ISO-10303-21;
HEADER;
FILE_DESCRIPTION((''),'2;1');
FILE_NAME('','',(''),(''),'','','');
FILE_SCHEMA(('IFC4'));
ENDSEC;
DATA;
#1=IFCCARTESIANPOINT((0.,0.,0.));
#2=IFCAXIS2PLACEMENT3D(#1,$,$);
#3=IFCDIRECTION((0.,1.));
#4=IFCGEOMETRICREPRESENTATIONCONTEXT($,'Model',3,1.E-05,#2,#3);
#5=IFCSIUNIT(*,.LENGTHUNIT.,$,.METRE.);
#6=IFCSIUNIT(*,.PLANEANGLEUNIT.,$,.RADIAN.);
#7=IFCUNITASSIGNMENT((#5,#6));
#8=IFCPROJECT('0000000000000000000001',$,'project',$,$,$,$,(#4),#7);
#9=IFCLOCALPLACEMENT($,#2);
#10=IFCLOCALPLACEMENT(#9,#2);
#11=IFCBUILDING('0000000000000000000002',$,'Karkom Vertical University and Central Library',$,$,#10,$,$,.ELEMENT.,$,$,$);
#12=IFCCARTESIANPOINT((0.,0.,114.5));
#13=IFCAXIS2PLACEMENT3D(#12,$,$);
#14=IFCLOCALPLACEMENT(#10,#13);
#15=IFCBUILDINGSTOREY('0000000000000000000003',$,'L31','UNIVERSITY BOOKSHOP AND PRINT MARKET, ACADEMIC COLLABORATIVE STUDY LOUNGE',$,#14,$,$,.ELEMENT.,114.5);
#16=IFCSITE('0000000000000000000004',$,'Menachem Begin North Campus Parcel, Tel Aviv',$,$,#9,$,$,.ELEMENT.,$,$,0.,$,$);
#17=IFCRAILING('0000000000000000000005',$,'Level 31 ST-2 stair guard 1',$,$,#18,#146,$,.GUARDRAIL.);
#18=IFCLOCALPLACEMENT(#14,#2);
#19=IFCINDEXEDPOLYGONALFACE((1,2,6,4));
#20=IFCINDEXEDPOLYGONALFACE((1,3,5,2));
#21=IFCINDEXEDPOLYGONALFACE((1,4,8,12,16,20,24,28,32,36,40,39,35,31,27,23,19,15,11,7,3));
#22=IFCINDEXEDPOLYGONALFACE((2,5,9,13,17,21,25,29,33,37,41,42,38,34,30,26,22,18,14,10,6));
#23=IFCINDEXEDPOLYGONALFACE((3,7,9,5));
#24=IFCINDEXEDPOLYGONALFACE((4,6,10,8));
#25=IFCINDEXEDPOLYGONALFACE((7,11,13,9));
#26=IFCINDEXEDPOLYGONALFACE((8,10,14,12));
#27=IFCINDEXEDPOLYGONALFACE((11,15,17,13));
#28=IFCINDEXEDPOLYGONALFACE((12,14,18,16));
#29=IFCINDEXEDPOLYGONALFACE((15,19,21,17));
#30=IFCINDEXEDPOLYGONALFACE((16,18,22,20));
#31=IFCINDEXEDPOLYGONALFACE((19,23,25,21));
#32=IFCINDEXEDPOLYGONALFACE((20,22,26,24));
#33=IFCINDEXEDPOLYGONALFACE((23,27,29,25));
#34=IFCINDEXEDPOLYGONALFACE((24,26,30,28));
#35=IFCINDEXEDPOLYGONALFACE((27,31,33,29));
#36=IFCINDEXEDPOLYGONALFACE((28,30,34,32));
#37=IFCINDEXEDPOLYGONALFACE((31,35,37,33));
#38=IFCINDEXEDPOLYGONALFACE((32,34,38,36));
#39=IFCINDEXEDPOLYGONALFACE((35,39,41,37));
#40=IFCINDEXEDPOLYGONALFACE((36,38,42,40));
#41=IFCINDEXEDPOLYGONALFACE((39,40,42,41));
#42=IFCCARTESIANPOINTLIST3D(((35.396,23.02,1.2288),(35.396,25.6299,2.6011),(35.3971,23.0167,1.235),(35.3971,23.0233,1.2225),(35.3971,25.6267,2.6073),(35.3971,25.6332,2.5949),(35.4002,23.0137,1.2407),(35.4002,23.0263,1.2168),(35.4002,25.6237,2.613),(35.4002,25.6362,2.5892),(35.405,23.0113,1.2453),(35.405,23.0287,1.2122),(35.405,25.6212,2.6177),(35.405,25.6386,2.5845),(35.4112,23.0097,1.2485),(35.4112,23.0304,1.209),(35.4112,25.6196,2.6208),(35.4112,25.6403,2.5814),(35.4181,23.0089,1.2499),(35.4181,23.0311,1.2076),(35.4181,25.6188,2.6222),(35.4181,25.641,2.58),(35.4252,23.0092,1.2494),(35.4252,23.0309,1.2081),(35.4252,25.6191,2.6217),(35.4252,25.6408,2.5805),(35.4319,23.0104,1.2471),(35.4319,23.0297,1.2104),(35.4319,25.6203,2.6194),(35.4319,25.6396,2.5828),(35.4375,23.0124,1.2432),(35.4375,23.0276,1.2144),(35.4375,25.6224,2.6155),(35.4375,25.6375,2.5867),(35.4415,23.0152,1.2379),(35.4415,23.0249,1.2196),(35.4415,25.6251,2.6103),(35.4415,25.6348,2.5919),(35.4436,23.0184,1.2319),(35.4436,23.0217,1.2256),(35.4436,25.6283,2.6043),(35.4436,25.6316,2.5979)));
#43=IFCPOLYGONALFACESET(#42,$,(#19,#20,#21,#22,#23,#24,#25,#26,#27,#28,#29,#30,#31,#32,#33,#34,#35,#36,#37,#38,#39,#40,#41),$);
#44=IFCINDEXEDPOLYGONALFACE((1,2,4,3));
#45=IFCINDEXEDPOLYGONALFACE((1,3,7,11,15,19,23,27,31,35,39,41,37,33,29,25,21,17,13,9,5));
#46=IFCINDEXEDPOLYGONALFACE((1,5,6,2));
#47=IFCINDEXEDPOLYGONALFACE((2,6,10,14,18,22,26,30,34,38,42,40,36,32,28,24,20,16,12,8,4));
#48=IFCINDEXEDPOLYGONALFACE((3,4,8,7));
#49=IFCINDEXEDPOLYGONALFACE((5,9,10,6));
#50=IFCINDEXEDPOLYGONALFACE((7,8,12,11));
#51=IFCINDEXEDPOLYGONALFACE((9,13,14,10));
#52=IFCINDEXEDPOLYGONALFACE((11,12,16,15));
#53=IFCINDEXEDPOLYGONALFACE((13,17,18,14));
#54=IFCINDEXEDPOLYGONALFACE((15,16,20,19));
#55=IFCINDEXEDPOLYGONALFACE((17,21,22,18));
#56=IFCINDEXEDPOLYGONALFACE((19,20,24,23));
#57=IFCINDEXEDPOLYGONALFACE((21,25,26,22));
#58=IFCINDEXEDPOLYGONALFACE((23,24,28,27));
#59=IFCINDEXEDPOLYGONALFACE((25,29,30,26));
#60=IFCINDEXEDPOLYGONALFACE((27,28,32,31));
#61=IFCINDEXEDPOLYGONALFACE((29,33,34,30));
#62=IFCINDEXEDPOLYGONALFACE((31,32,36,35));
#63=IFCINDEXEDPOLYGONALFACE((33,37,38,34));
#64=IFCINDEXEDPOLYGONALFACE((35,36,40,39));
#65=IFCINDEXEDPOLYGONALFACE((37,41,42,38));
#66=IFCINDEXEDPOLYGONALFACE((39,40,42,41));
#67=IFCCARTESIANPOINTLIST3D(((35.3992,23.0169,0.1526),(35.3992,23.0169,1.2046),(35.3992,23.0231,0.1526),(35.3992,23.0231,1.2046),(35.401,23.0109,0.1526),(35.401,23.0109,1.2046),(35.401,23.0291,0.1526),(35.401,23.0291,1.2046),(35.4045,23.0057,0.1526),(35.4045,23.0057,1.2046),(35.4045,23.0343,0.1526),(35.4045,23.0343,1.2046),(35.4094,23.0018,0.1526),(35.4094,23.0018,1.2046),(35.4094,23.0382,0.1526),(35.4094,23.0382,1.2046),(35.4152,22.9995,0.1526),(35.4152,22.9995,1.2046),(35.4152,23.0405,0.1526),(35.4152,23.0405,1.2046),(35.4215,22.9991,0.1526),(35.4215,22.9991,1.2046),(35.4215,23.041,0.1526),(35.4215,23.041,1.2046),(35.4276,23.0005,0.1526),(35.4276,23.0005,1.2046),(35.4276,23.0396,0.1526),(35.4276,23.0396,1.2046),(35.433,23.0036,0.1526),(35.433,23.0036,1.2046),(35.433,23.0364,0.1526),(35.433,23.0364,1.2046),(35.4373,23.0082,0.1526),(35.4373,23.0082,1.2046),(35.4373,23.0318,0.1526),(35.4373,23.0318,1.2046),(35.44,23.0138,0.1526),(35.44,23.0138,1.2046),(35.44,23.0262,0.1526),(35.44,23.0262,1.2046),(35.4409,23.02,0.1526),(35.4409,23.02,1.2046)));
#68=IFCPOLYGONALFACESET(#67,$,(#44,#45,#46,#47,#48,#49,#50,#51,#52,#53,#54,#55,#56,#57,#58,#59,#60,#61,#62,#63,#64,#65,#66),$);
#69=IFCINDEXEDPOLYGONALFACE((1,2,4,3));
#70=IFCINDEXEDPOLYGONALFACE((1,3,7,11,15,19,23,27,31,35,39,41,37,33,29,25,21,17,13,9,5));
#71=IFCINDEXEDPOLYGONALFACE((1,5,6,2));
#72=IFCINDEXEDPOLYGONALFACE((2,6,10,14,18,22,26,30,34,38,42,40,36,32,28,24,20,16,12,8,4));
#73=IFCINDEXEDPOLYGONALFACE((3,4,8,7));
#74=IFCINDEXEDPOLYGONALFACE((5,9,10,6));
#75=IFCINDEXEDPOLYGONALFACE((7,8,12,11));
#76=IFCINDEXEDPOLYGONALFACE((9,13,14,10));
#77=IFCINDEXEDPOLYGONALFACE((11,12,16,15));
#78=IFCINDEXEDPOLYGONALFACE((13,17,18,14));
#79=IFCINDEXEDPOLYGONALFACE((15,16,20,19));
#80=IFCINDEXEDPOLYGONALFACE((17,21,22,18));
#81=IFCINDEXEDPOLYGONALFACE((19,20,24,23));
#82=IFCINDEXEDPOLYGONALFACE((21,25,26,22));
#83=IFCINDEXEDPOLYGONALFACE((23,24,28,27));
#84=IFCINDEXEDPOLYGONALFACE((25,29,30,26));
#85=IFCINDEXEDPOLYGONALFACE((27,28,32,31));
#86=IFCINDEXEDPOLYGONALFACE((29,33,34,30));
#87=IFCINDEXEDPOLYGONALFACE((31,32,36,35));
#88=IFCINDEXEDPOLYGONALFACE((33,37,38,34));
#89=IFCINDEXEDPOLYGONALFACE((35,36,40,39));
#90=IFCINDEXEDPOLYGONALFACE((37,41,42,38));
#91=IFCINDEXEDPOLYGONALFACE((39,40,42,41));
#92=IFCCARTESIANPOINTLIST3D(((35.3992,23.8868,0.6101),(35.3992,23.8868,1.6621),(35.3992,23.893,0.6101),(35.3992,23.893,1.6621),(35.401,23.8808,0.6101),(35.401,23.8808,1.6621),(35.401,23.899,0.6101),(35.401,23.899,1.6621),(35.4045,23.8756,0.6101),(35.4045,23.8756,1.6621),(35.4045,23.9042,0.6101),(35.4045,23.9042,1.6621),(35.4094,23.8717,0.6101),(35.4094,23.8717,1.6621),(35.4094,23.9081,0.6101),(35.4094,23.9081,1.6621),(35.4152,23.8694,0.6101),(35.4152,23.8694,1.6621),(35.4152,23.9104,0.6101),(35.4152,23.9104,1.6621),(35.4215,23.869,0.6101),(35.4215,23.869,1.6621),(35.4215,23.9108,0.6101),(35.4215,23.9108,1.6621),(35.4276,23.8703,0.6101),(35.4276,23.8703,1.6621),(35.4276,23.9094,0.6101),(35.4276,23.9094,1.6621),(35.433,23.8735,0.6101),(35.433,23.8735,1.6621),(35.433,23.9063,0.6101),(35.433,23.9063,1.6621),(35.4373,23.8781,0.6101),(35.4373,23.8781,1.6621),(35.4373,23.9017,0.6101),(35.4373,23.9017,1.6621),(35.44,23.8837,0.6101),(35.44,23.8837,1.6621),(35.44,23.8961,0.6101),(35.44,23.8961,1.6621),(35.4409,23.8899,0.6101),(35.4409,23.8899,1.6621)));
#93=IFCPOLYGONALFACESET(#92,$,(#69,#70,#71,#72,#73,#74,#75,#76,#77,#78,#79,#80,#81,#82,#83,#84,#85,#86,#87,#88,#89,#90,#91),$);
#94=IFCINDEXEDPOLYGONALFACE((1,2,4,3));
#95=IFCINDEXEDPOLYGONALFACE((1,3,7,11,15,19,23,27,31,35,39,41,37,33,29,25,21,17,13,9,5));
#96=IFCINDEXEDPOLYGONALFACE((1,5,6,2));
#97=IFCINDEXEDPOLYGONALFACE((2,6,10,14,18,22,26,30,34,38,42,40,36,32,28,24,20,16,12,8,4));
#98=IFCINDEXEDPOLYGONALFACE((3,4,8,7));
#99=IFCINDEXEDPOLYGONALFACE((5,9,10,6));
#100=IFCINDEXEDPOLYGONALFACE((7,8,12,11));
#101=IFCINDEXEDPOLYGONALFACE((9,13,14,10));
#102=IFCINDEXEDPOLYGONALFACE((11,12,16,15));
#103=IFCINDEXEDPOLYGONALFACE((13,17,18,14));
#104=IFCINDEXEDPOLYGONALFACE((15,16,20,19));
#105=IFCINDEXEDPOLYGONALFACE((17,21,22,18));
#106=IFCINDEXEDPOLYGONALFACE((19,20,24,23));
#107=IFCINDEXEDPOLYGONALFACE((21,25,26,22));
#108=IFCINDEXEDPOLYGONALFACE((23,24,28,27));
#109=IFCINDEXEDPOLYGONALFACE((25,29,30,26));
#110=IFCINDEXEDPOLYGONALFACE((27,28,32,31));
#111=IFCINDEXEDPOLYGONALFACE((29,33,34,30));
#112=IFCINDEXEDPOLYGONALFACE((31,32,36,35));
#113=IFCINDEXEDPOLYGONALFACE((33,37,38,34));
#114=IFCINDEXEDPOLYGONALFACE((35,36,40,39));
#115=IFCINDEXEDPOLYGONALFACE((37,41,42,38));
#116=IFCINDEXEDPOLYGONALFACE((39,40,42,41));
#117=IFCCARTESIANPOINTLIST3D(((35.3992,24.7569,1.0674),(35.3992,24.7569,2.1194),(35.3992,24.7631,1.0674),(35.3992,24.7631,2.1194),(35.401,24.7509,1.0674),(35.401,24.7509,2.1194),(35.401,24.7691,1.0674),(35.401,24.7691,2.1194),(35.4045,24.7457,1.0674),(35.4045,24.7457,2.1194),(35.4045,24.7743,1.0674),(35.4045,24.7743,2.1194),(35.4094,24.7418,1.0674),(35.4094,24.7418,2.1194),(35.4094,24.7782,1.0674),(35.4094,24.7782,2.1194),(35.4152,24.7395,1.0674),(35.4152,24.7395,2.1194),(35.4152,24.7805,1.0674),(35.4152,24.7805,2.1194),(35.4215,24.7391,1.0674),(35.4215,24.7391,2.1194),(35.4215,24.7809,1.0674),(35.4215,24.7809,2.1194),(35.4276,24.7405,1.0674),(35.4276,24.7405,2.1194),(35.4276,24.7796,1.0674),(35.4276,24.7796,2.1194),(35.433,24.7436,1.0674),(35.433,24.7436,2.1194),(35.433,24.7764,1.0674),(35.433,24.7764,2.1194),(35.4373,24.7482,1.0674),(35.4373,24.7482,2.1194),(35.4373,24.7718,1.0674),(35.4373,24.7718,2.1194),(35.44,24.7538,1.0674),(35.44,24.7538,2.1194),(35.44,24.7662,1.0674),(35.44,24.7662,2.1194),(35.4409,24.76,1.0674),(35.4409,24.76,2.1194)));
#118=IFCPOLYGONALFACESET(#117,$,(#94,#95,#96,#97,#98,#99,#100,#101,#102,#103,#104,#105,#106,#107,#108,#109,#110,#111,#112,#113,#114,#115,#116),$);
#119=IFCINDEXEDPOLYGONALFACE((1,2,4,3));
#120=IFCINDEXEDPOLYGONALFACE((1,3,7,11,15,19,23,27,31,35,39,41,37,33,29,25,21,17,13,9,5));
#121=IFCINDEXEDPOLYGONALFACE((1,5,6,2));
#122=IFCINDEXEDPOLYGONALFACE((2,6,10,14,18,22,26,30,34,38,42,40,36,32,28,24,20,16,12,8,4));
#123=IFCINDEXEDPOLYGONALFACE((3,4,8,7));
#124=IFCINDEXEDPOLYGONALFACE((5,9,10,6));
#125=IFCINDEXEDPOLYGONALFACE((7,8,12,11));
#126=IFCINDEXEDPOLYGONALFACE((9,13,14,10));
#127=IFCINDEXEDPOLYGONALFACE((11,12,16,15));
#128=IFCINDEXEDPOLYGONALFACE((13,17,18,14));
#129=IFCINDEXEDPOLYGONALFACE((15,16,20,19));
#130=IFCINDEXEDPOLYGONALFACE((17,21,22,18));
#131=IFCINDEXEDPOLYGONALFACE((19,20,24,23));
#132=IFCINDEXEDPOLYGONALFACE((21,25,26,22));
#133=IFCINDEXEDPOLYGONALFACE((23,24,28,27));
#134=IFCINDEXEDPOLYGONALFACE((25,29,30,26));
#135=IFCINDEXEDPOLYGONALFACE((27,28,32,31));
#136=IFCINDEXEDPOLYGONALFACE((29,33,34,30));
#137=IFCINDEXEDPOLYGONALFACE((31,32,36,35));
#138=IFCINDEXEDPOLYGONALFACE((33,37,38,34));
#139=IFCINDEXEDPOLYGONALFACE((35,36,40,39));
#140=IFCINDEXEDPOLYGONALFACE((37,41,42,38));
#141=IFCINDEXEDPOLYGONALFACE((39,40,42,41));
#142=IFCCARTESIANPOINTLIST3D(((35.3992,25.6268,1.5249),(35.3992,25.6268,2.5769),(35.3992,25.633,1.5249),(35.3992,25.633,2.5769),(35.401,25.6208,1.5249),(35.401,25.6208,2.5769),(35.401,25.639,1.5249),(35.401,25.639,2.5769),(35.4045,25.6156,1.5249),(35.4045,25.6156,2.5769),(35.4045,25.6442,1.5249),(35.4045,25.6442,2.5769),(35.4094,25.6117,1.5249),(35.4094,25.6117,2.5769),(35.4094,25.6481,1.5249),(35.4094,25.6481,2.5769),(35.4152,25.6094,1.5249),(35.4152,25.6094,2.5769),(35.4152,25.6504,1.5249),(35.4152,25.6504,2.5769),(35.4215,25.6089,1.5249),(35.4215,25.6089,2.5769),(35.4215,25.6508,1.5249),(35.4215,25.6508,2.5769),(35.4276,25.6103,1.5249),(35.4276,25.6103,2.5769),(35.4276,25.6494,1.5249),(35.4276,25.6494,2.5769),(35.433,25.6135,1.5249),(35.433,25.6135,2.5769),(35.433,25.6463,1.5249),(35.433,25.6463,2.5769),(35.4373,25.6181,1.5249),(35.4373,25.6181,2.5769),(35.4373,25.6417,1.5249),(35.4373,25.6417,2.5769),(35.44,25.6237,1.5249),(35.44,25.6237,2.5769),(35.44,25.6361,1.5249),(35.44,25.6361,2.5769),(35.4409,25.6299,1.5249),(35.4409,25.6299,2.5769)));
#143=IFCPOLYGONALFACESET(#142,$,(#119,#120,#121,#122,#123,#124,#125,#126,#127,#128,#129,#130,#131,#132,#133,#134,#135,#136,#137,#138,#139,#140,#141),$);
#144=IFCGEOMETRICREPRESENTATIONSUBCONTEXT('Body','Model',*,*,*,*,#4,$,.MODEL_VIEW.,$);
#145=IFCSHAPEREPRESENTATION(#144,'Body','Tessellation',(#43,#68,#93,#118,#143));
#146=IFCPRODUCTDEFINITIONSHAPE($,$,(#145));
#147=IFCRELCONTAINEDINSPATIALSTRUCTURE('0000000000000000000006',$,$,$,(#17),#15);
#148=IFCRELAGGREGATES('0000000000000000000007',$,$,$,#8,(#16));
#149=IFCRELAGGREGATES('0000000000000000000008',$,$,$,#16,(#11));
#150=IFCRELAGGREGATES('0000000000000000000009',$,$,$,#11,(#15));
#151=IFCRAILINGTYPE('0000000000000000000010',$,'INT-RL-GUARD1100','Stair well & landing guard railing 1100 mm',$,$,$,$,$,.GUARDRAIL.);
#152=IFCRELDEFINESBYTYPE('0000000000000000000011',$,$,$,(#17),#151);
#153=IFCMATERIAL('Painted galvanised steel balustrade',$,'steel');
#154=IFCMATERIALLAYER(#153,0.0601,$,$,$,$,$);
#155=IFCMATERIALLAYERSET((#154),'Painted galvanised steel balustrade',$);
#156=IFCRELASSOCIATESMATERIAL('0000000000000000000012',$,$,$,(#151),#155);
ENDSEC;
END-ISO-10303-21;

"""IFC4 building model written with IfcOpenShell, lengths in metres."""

from ifc_helpers import new_model, si_unit, direction, frame, origin, origin_2d, place, context, subcontext, project, spatial, circle, extrude, material, layer, layer_set, type_object, element, save


model = new_model("IFC4")

# Units and contexts
model_context = context("Model", 3, precision=1e-05, world=origin(), true_north=direction((0.0, 1.0)))
body_context = subcontext(model_context, "Body", "Model", "MODEL_VIEW")
ifc_project = project(units=[si_unit("LENGTHUNIT", "METRE"), si_unit("PLANEANGLEUNIT", "RADIAN")], contexts=[model_context])

# Site, building, storey
site_placement = place(None, origin())
site = spatial("IfcSite", under=ifc_project, at=site_placement, Name="Menachem Begin North Campus Parcel, Tel Aviv", CompositionType="ELEMENT", RefElevation=0.0)
building_placement = place(site_placement, origin())
building = spatial("IfcBuilding", under=site, at=building_placement, Name="Karkom Vertical University and Central Library", CompositionType="ELEMENT")
storey_placement = place(building_placement, frame((0.0, 0.0, 114.5)))
storey = spatial("IfcBuildingStorey", under=building, at=storey_placement, Name="L31", Description="UNIVERSITY BOOKSHOP AND PRINT MARKET, ACADEMIC COLLABORATIVE STUDY LOUNGE", CompositionType="ELEMENT", Elevation=114.5)

# Railing
ifc_material_1 = material(Name="Painted galvanised steel balustrade", Category="steel")
ifc_layer_1 = layer(ifc_material_1, 0.0601)
ifc_layer_set_1 = layer_set([ifc_layer_1], Name="Painted galvanised steel balustrade")
railing_type_1 = type_object("IfcRailingType", Name="INT-RL-GUARD1100", Description="Stair well & landing guard railing 1100 mm", PredefinedType="GUARDRAIL", material=ifc_layer_set_1)
railing_1_placement = place(storey_placement, frame((35.4199, 23.02, 0.1526)))
element("IfcRailing", 1, at=railing_1_placement, inside=storey, type_object=railing_type_1, Name="Level 31 ST-2 stair guard 1", PredefinedType="GUARDRAIL", context=body_context, shape_type="SweptSolid", body=[
    extrude(circle(Radius=0.0239, at=origin_2d()), frame((0.0, 0.0, 1.0762), z_axis=(0.0, 0.8851, 0.465402), x_axis=(-1.0, 0.0, 0.0)), (0.0, 0.0, 1.0), 2.9487),
    extrude(circle(Radius=0.021, at=origin_2d()), origin(), (0.0, 0.0, 1.0), 1.052),
    extrude(circle(Radius=0.021, at=origin_2d()), frame((0.0, 0.8699, 0.4575)), (0.0, 0.0, 1.0), 1.052),
    extrude(circle(Radius=0.021, at=origin_2d()), frame((0.0, 1.74, 0.9148)), (0.0, 0.0, 1.0), 1.052),
    extrude(circle(Radius=0.021, at=origin_2d()), frame((0.0, 2.6099, 1.3723)), (0.0, 0.0, 1.0), 1.052),
])

save(model, "model.ifc")
